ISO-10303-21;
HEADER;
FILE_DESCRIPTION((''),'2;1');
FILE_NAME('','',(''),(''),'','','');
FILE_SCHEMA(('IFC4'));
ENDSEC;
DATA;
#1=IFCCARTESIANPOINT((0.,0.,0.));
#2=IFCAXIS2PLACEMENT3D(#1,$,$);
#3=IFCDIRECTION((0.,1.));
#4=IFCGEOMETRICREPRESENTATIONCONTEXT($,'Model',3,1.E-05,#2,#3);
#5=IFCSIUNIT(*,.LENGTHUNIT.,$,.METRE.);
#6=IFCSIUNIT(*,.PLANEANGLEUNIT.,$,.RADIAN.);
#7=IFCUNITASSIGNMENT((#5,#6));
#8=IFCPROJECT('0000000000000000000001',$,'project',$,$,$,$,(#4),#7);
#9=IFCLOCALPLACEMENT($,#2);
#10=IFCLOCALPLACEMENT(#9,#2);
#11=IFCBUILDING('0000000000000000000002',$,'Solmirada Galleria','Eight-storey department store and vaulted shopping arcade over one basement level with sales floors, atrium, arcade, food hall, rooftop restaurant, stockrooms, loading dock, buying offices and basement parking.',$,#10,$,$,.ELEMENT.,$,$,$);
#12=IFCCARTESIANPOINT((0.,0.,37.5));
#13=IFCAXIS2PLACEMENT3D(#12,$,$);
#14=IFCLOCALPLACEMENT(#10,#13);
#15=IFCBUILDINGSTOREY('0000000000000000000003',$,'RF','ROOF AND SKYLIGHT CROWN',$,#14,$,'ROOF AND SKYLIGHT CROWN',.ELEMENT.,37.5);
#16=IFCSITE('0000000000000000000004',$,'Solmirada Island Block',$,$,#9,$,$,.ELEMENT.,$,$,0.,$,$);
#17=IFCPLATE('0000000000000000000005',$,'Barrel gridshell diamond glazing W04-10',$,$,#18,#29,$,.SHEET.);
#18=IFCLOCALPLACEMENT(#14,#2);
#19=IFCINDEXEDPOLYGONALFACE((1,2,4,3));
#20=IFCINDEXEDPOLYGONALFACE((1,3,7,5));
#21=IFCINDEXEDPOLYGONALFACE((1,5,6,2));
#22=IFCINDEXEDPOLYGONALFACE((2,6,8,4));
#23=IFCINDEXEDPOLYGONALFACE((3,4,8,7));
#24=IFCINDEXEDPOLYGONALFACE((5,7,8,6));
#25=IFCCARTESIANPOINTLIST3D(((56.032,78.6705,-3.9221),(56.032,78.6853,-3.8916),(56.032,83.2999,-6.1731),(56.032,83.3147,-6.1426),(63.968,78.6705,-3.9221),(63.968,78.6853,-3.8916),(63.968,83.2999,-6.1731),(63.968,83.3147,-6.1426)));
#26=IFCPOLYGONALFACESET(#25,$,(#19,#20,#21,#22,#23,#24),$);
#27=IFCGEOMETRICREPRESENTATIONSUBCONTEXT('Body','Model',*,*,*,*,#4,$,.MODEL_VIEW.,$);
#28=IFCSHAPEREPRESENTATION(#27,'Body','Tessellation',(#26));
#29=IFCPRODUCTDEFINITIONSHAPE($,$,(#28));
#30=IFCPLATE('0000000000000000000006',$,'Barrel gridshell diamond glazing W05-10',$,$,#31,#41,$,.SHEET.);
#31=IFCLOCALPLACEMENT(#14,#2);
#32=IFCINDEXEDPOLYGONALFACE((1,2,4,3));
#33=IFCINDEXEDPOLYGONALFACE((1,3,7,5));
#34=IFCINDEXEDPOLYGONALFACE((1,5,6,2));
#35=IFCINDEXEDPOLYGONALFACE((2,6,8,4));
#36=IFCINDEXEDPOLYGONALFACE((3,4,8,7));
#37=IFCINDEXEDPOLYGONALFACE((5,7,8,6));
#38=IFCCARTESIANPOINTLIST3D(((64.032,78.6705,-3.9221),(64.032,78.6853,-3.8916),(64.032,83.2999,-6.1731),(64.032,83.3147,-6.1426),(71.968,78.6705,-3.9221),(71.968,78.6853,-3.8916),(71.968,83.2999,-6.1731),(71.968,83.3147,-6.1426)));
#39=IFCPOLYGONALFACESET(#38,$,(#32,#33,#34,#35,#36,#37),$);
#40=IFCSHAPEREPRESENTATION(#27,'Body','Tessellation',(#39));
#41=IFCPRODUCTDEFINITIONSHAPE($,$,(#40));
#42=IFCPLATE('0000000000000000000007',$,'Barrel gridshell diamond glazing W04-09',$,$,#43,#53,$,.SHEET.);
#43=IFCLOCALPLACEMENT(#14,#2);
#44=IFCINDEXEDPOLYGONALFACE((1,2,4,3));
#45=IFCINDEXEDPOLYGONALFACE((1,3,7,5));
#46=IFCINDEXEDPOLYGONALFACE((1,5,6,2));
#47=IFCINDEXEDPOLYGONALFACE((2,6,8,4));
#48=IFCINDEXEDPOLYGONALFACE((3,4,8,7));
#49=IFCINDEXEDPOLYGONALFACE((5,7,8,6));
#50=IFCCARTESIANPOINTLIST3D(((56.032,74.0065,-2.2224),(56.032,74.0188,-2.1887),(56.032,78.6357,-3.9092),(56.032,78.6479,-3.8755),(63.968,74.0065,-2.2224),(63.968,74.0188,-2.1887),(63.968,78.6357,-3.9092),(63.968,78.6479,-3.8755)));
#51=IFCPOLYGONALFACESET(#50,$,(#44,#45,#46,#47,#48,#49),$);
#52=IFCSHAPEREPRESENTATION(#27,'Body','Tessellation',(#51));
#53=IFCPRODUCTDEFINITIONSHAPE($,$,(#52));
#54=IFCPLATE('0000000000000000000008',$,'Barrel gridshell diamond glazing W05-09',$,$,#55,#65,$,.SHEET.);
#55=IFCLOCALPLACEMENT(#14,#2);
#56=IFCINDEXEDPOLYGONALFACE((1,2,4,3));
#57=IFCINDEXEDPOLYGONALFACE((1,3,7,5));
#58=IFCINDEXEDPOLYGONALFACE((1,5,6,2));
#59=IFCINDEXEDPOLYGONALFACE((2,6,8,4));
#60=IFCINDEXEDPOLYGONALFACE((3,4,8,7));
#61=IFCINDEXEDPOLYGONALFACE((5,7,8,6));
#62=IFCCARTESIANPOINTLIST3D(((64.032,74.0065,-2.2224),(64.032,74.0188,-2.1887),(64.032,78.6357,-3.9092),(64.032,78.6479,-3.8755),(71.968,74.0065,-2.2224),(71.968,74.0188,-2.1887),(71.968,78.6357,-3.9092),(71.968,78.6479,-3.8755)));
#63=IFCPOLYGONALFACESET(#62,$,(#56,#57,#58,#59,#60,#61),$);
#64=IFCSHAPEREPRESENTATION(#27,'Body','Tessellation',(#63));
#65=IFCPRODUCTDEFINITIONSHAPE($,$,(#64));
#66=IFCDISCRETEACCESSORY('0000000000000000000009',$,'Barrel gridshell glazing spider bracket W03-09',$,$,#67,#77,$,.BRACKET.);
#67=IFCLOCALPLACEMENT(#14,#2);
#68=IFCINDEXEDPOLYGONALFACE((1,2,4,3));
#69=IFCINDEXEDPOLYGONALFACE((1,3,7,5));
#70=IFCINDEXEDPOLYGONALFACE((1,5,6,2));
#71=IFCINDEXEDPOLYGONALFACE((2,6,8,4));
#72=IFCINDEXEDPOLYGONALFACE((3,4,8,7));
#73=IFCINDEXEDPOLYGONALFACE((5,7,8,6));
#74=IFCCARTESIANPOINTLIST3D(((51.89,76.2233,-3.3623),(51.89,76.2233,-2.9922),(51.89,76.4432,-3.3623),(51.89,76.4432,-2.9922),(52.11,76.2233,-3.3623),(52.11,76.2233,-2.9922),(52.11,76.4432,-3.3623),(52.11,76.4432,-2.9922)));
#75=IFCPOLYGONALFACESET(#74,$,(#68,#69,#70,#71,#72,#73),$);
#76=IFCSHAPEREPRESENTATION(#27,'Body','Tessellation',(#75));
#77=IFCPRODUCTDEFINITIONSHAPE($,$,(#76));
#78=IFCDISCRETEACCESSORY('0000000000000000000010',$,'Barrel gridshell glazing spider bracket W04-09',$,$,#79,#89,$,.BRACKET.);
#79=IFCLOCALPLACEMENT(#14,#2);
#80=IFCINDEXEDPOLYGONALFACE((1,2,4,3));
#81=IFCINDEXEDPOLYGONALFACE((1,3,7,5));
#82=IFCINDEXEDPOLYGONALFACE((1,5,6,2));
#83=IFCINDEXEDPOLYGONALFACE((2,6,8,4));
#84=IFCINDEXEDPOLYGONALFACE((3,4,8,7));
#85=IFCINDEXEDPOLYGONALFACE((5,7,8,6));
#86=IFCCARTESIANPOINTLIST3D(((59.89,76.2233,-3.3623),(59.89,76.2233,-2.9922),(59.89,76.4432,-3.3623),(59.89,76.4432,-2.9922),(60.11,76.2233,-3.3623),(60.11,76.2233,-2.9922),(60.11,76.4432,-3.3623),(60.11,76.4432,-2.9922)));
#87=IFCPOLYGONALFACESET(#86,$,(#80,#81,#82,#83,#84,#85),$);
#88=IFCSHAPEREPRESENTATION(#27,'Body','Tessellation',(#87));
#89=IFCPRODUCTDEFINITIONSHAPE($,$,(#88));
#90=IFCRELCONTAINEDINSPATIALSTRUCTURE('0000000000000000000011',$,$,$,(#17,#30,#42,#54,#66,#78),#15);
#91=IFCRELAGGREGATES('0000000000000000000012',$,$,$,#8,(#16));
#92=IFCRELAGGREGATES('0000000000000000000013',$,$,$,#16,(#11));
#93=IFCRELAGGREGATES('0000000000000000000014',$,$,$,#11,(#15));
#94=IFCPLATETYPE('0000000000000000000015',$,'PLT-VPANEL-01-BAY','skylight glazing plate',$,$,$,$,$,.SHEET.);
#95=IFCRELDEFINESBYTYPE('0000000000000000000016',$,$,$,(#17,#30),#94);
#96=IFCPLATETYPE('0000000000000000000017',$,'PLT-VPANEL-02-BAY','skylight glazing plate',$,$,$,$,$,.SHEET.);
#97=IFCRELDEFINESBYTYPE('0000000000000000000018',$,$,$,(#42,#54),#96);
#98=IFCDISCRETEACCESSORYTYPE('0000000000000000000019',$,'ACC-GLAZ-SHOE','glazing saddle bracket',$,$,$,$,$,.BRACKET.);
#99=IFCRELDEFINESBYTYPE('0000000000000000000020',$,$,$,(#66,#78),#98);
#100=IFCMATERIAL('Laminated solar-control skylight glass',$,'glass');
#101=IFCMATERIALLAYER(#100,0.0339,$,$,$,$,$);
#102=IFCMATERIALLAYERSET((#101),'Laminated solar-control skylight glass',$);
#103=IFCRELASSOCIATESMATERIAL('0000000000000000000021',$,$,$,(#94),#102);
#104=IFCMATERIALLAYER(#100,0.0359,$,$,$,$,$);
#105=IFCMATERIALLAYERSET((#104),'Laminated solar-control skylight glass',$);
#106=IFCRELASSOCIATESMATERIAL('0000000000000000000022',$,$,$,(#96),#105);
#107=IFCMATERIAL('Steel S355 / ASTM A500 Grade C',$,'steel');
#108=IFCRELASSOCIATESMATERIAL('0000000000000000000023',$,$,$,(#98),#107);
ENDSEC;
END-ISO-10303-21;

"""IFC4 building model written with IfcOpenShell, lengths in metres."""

from ifc_helpers import new_model, si_unit, direction, frame, origin, origin_2d, place, context, subcontext, project, spatial, polyline, rectangle, outline, extrude, material, layer, layer_set, type_object, element, save


model = new_model("IFC4")

# Units and contexts
model_context = context("Model", 3, precision=1e-05, world=origin(), true_north=direction((0.0, 1.0)))
body_context = subcontext(model_context, "Body", "Model", "MODEL_VIEW")
ifc_project = project(units=[si_unit("LENGTHUNIT", "METRE"), si_unit("PLANEANGLEUNIT", "RADIAN")], contexts=[model_context])

# Site, building, storey
site_placement = place(None, origin())
site = spatial("IfcSite", under=ifc_project, at=site_placement, Name="Solmirada Island Block", CompositionType="ELEMENT", RefElevation=0.0)
building_placement = place(site_placement, origin())
building = spatial("IfcBuilding", under=site, at=building_placement, Name="Solmirada Galleria", Description="Eight-storey department store and vaulted shopping arcade over one basement level with sales floors, atrium, arcade, food hall, rooftop restaurant, stockrooms, loading dock, buying offices and basement parking.", CompositionType="ELEMENT")
storey_placement = place(building_placement, frame((0.0, 0.0, 37.5)))
storey = spatial("IfcBuildingStorey", under=building, at=storey_placement, Name="RF", Description="ROOF AND SKYLIGHT CROWN", LongName="ROOF AND SKYLIGHT CROWN", CompositionType="ELEMENT", Elevation=37.5)

# Shared definitions
ifc_material_1 = material(Name="Steel S355 / ASTM A500 Grade C", Category="steel")

# Plates
ifc_material_2 = material(Name="Laminated solar-control skylight glass", Category="glass")
ifc_layer_1 = layer(ifc_material_2, 0.0339)
ifc_layer_set_1 = layer_set([ifc_layer_1], Name="Laminated solar-control skylight glass")
plate_type_1 = type_object("IfcPlateType", Name="PLT-VPANEL-01-BAY", Description="skylight glazing plate", PredefinedType="SHEET", material=ifc_layer_set_1)
for number, where, z_axis, x_axis, name in (
    (1, (56.032, 78.6853, -3.8916), (0.0, 0.437283, 0.899324), (1.0, 0.0, 0.0), "Barrel gridshell diamond glazing W04-10"),
    (2, (64.032, 78.6853, -3.8916), (0.0, 0.437283, 0.899324), (1.0, 0.0, 0.0), "Barrel gridshell diamond glazing W05-10"),
):
    element("IfcPlate", number, at=place(storey_placement, frame(where, z_axis=z_axis, x_axis=x_axis)), inside=storey, type_object=plate_type_1, Name=name, PredefinedType="SHEET", context=body_context, shape_type="SweptSolid", body=[
        extrude(outline(polyline([(0.0, 0.0), (7.936, 0.0), (7.936, 5.1476), (0.0, 5.1476), (0.0, 0.0)])), origin(), (0.0, 0.0, -1.0), 0.0339),
    ])
ifc_layer_2 = layer(ifc_material_2, 0.0359)
ifc_layer_set_2 = layer_set([ifc_layer_2], Name="Laminated solar-control skylight glass")
plate_type_2 = type_object("IfcPlateType", Name="PLT-VPANEL-02-BAY", Description="skylight glazing plate", PredefinedType="SHEET", material=ifc_layer_set_2)
for number, where, z_axis, x_axis, name in (
    (3, (56.032, 74.0188, -2.1887), (0.0, 0.34236, 0.939569), (1.0, 0.0, 0.0), "Barrel gridshell diamond glazing W04-09"),
    (4, (64.032, 74.0188, -2.1887), (0.0, 0.34236, 0.939569), (1.0, 0.0, 0.0), "Barrel gridshell diamond glazing W05-09"),
):
    element("IfcPlate", number, at=place(storey_placement, frame(where, z_axis=z_axis, x_axis=x_axis)), inside=storey, type_object=plate_type_2, Name=name, PredefinedType="SHEET", context=body_context, shape_type="SweptSolid", body=[
        extrude(outline(polyline([(0.0, 0.0), (7.936, 0.0), (7.936, 4.9269), (0.0, 4.9269), (0.0, 0.0)])), origin(), (0.0, 0.0, -1.0), 0.0359),
    ])

# Discrete accessories
discrete_accessory_type = type_object("IfcDiscreteAccessoryType", Name="ACC-GLAZ-SHOE", Description="glazing saddle bracket", PredefinedType="BRACKET", material=ifc_material_1)
for number, where, z_axis, x_axis, name in (
    (5, (52.0, 76.3333, -3.3623), (0.0, 0.0, 1.0), (1.0, 0.0, 0.0), "Barrel gridshell glazing spider bracket W03-09"),
    (6, (60.0, 76.3333, -3.3623), (0.0, 0.0, 1.0), (1.0, 0.0, 0.0), "Barrel gridshell glazing spider bracket W04-09"),
):
    element("IfcDiscreteAccessory", number, at=place(storey_placement, frame(where, z_axis=z_axis, x_axis=x_axis)), inside=storey, type_object=discrete_accessory_type, Name=name, PredefinedType="BRACKET", context=body_context, shape_type="SweptSolid", body=[
        extrude(rectangle(XDim=0.22, YDim=0.22, at=origin_2d()), origin(), (0.0, 0.0, 1.0), 0.3701),
    ])

save(model, "model.ifc")
